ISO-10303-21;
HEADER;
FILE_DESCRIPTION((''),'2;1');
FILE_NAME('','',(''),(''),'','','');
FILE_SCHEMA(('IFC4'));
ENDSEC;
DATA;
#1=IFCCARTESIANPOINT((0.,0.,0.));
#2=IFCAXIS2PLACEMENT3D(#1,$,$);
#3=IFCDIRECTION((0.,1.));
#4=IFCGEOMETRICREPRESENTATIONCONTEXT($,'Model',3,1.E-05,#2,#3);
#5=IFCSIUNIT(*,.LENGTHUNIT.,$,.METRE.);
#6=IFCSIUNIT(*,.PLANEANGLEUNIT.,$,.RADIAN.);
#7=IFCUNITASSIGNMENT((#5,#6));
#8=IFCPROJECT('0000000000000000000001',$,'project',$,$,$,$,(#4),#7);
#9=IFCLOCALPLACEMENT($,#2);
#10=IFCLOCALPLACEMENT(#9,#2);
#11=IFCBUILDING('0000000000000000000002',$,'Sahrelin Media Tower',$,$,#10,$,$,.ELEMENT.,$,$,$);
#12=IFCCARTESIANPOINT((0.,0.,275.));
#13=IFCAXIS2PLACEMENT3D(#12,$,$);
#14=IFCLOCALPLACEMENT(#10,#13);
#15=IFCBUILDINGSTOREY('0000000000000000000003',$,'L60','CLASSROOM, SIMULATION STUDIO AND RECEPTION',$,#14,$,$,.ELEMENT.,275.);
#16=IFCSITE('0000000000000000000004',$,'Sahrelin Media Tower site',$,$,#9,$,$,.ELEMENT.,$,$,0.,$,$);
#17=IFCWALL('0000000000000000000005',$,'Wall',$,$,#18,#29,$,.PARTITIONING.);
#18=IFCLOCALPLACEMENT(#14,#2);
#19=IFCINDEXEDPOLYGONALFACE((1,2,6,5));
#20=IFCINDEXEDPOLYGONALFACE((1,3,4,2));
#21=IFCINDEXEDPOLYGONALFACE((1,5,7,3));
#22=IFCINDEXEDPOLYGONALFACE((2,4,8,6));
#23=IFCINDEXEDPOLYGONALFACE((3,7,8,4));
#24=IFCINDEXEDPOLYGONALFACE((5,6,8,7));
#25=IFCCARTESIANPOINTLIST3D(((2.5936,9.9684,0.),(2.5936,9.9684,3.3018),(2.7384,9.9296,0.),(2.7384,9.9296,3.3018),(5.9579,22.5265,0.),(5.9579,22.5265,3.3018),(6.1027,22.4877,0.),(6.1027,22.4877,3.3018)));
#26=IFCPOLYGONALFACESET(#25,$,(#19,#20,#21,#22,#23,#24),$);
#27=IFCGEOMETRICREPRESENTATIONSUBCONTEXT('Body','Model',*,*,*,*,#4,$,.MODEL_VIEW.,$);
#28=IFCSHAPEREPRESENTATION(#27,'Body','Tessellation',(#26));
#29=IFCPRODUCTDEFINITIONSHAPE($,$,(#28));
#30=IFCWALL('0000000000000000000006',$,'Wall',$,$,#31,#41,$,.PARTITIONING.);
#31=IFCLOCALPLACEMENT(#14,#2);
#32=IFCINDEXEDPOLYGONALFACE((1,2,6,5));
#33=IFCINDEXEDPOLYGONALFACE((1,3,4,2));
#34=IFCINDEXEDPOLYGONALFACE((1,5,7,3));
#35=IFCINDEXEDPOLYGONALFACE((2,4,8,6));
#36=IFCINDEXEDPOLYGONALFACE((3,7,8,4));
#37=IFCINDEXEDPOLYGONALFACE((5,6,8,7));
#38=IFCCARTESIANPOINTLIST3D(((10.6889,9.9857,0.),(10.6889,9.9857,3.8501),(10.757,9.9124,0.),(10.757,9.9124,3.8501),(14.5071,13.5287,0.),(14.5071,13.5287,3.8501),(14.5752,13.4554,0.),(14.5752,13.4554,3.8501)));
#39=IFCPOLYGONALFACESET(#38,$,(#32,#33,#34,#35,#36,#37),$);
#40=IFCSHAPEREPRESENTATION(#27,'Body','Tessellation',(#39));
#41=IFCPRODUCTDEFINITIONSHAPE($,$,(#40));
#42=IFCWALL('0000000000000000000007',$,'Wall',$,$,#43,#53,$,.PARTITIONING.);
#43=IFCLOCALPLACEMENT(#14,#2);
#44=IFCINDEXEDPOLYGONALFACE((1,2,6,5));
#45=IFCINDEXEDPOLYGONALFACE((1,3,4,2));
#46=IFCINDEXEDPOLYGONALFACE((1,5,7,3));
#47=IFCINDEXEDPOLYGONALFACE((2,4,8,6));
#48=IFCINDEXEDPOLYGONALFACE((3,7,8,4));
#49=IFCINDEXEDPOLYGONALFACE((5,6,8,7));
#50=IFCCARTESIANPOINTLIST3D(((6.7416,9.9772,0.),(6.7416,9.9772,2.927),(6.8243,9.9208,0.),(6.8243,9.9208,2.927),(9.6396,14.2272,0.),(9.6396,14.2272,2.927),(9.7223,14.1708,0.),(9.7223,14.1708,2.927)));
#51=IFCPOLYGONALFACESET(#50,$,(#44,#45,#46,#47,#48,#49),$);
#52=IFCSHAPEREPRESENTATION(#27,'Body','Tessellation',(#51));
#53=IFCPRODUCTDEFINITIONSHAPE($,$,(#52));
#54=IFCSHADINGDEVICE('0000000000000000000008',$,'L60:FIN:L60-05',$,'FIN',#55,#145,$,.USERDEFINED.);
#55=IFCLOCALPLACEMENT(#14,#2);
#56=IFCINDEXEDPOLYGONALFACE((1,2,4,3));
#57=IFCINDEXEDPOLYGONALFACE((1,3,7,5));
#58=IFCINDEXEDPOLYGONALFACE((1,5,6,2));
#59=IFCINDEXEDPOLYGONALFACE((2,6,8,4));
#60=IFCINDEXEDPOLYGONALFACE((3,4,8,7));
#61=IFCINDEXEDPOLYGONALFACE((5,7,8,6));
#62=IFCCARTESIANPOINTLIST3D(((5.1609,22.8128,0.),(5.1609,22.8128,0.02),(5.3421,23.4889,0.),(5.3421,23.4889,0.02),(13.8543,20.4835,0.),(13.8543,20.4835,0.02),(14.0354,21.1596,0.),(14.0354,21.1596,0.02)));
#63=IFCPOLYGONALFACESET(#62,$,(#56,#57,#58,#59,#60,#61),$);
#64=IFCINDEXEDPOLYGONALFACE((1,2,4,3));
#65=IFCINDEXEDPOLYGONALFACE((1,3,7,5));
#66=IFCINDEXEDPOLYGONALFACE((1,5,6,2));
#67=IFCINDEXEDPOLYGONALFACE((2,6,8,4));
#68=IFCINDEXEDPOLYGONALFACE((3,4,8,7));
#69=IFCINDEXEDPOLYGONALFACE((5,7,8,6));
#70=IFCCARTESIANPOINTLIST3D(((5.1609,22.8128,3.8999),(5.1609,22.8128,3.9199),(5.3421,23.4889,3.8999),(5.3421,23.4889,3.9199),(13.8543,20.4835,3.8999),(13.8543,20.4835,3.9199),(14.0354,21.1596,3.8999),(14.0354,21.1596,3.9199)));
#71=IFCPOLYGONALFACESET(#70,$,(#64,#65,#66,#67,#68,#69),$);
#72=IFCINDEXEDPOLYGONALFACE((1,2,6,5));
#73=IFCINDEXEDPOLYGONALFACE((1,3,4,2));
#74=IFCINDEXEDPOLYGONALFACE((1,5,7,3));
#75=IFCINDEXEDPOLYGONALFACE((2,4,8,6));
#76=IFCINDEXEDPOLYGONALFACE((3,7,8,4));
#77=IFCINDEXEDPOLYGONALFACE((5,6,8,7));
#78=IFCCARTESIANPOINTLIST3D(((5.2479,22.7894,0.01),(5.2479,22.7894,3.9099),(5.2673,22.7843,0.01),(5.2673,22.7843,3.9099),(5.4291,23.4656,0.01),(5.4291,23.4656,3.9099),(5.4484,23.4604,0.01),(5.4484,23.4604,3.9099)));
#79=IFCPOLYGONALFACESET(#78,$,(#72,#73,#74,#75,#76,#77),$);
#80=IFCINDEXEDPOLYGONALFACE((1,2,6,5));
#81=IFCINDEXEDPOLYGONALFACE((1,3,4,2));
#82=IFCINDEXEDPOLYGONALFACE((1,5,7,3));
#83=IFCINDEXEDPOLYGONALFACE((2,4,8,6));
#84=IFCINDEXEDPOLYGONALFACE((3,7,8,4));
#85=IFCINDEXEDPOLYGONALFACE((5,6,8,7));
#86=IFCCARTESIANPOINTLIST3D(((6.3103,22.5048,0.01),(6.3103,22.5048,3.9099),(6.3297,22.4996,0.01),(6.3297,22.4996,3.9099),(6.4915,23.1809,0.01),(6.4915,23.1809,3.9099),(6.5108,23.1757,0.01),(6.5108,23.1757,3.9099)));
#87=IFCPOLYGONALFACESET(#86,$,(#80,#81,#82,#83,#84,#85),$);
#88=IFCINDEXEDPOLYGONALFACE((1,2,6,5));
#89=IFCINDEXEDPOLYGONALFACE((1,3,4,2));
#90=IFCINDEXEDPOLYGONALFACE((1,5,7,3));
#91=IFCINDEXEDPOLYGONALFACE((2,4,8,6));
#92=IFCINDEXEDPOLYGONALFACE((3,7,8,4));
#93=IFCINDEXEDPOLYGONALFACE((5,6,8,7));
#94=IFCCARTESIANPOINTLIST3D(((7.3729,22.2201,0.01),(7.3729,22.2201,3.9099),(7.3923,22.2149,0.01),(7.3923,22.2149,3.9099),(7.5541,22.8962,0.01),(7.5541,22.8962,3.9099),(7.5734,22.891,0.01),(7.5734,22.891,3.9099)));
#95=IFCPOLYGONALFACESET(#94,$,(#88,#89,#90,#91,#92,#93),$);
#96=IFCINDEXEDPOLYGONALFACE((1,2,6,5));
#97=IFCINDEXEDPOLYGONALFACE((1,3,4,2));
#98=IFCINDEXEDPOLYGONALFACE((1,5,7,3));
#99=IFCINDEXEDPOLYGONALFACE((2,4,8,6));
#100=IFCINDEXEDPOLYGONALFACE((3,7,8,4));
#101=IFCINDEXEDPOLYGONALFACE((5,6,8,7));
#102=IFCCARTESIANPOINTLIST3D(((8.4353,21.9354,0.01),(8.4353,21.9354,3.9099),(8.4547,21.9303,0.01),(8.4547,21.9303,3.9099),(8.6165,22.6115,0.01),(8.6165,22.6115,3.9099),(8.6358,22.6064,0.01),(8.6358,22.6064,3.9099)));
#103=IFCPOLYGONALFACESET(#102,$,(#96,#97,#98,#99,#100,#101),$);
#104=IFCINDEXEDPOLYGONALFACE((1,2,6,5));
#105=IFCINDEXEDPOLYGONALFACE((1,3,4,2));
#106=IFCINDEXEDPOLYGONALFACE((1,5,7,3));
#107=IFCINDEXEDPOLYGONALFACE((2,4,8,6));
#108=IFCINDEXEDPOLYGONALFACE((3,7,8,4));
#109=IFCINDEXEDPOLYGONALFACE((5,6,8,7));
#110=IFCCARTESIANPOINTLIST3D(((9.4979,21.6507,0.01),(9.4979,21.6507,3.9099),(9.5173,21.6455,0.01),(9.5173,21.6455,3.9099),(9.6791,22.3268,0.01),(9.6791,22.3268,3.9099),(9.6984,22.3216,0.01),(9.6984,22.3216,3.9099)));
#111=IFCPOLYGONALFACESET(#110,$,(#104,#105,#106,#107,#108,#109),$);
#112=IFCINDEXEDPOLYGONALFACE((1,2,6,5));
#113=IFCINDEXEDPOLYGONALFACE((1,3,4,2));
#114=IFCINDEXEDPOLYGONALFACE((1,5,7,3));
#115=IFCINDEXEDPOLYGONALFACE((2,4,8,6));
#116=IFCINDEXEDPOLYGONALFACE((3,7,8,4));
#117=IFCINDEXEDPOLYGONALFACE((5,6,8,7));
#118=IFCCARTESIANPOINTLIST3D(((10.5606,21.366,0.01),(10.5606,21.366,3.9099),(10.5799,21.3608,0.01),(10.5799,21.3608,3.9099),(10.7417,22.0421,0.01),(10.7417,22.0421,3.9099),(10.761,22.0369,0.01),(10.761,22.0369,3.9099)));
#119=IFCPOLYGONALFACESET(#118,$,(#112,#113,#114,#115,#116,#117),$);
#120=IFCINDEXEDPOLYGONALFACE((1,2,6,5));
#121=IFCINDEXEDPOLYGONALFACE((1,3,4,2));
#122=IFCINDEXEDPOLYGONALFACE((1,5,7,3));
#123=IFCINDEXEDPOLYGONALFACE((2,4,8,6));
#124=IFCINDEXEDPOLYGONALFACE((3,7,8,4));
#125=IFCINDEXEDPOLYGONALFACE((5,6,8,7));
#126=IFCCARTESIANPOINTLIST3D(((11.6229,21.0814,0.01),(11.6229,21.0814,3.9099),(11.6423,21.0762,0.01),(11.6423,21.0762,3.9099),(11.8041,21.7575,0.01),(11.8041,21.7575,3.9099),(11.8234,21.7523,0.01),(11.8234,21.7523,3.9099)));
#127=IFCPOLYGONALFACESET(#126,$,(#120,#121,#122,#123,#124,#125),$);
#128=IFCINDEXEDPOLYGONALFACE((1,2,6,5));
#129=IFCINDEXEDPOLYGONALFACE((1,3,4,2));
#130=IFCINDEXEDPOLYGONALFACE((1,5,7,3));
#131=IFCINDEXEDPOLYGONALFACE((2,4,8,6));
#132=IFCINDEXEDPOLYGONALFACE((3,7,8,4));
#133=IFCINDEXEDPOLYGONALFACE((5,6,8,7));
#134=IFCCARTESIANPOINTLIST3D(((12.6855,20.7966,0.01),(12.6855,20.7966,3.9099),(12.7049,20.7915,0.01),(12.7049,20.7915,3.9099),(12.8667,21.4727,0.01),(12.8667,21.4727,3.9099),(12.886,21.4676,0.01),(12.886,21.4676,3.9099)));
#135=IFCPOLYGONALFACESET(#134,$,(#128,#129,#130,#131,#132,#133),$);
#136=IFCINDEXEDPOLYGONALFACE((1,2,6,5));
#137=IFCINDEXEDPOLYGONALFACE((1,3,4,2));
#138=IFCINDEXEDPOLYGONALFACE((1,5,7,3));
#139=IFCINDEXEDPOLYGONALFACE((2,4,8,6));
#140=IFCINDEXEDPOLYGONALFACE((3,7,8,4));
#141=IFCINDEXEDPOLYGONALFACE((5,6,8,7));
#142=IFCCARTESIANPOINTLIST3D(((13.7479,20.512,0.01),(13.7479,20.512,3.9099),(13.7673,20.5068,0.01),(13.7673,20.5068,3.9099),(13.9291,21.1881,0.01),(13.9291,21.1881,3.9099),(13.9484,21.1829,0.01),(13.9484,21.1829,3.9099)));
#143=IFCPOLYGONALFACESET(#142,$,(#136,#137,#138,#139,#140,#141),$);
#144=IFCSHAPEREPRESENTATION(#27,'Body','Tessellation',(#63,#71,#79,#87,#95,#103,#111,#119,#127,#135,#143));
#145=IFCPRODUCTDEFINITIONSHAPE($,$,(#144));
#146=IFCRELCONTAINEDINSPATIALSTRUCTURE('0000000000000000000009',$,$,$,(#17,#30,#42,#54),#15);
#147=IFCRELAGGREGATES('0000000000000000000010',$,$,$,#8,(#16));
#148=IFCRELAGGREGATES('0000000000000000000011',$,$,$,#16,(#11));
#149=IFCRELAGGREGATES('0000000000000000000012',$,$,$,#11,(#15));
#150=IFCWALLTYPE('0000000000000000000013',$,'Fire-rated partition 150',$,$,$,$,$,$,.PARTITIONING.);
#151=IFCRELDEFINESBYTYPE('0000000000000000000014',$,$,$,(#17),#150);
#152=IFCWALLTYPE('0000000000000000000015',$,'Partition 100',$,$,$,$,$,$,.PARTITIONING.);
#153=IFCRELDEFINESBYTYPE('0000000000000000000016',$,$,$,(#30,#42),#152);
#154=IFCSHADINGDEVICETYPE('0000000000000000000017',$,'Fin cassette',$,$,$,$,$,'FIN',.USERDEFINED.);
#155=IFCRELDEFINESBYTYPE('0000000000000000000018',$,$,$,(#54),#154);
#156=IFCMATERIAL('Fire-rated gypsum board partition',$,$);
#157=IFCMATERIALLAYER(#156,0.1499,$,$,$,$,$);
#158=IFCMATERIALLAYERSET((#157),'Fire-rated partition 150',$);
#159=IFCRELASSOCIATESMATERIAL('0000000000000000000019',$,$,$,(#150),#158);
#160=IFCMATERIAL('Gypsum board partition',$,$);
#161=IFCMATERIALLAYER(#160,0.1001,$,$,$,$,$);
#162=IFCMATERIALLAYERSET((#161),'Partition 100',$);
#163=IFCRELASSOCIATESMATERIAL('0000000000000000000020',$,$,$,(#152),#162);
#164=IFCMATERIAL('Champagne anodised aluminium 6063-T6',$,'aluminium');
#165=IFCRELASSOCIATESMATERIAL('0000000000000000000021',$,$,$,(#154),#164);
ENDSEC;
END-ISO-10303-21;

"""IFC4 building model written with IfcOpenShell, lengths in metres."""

from ifc_helpers import new_model, si_unit, direction, frame, frame_2d, origin, origin_2d, place, context, subcontext, project, spatial, rectangle, extrude, material, layer, layer_set, type_object, element, save


model = new_model("IFC4")

# Units and contexts
model_context = context("Model", 3, precision=1e-05, world=origin(), true_north=direction((0.0, 1.0)))
body_context = subcontext(model_context, "Body", "Model", "MODEL_VIEW")
ifc_project = project(units=[si_unit("LENGTHUNIT", "METRE"), si_unit("PLANEANGLEUNIT", "RADIAN")], contexts=[model_context])

# Site, building, storey
site_placement = place(None, origin())
site = spatial("IfcSite", under=ifc_project, at=site_placement, Name="Sahrelin Media Tower site", CompositionType="ELEMENT", RefElevation=0.0)
building_placement = place(site_placement, origin())
building = spatial("IfcBuilding", under=site, at=building_placement, Name="Sahrelin Media Tower", CompositionType="ELEMENT")
storey_placement = place(building_placement, frame((0.0, 0.0, 275.0)))
storey = spatial("IfcBuildingStorey", under=building, at=storey_placement, Name="L60", Description="CLASSROOM, SIMULATION STUDIO AND RECEPTION", CompositionType="ELEMENT", Elevation=275.0)

# Shared definitions
ifc_material_1 = material(Name="Champagne anodised aluminium 6063-T6", Category="aluminium")

# Walls
ifc_material_2 = material(Name="Fire-rated gypsum board partition")
ifc_layer_1 = layer(ifc_material_2, 0.1499)
ifc_layer_set_1 = layer_set([ifc_layer_1], Name="Fire-rated partition 150")
wall_type_1 = type_object("IfcWallType", Name="Fire-rated partition 150", PredefinedType="PARTITIONING", material=ifc_layer_set_1)
wall_1_placement = place(storey_placement, frame((2.666, 9.949, 0.0), z_axis=(0.0, 0.0, 1.0), x_axis=(0.258771, 0.965939, 0.0)))
element("IfcWall", 1, at=wall_1_placement, inside=storey, type_object=wall_type_1, Name="Wall", PredefinedType="PARTITIONING", context=body_context, shape_type="SweptSolid", body=[
    extrude(rectangle(XDim=13.001, YDim=0.1499, at=frame_2d((6.5005, 0.0))), origin(), (0.0, 0.0, 1.0), 3.3018),
])
ifc_material_3 = material(Name="Gypsum board partition")
ifc_layer_2 = layer(ifc_material_3, 0.1001)
ifc_layer_set_2 = layer_set([ifc_layer_2], Name="Partition 100")
wall_type_2 = type_object("IfcWallType", Name="Partition 100", PredefinedType="PARTITIONING", material=ifc_layer_set_2)
wall_2_placement = place(storey_placement, frame((10.7229, 9.949, 0.0), z_axis=(0.0, 0.0, 1.0), x_axis=(0.733025, 0.680201, 0.0)))
element("IfcWall", 2, at=wall_2_placement, inside=storey, type_object=wall_type_2, Name="Wall", PredefinedType="PARTITIONING", context=body_context, shape_type="SweptSolid", body=[
    extrude(rectangle(XDim=5.2087, YDim=0.1001, at=frame_2d((2.6045, 0.0))), origin(), (0.0, 0.0, 1.0), 3.8501),
])
wall_3_placement = place(storey_placement, frame((6.783, 9.949, 0.0), z_axis=(0.0, 0.0, 1.0), x_axis=(0.563366, 0.826207, 0.0)))
element("IfcWall", 3, at=wall_3_placement, inside=storey, type_object=wall_type_2, Name="Wall", PredefinedType="PARTITIONING", context=body_context, shape_type="SweptSolid", body=[
    extrude(rectangle(XDim=5.144, YDim=0.1001, at=frame_2d((2.572, 0.0))), origin(), (0.0, 0.0, 1.0), 2.927),
])

# Shading device
shading_device_type_1 = type_object("IfcShadingDeviceType", Name="Fin cassette", ElementType="FIN", PredefinedType="USERDEFINED", material=ifc_material_1)
placement = place(storey_placement, frame((9.4895, 21.5806, 0.0), z_axis=(0.0, 0.0, 1.0), x_axis=(0.965929, -0.258808, 0.0)))
element("IfcShadingDevice", 4, at=placement, inside=storey, type_object=shading_device_type_1, Name="L60:FIN:L60-05", ObjectType="FIN", PredefinedType="USERDEFINED", context=body_context, shape_type="SweptSolid", body=[
    extrude(rectangle(XDim=9.0, YDim=0.7, at=origin_2d()), frame((0.0, 0.4199, 0.0)), (0.0, 0.0, 1.0), 0.02),
    extrude(rectangle(XDim=9.0, YDim=0.7, at=origin_2d()), frame((0.0, 0.4199, 3.8999)), (0.0, 0.0, 1.0), 0.02),
    extrude(rectangle(XDim=0.02, YDim=0.7, at=origin_2d()), frame((-4.3999, 0.4199, 0.01), z_axis=(0.0, 0.0, 1.0), x_axis=(1.0, 0.0, 0.0)), (0.0, 0.0, 1.0), 3.8999),
    extrude(rectangle(XDim=0.02, YDim=0.7, at=origin_2d()), frame((-3.3, 0.4199, 0.01), z_axis=(0.0, 0.0, 1.0), x_axis=(1.0, 0.0, 0.0)), (0.0, 0.0, 1.0), 3.8999),
    extrude(rectangle(XDim=0.02, YDim=0.7, at=origin_2d()), frame((-2.2, 0.4199, 0.01), z_axis=(0.0, 0.0, 1.0), x_axis=(1.0, 0.0, 0.0)), (0.0, 0.0, 1.0), 3.8999),
    extrude(rectangle(XDim=0.02, YDim=0.7, at=origin_2d()), frame((-1.1001, 0.4199, 0.01), z_axis=(0.0, 0.0, 1.0), x_axis=(1.0, 0.0, 0.0)), (0.0, 0.0, 1.0), 3.8999),
    extrude(rectangle(XDim=0.02, YDim=0.7, at=origin_2d()), frame((0.0, 0.4199, 0.01), z_axis=(0.0, 0.0, 1.0), x_axis=(1.0, 0.0, 0.0)), (0.0, 0.0, 1.0), 3.8999),
    extrude(rectangle(XDim=0.02, YDim=0.7, at=origin_2d()), frame((1.1001, 0.4199, 0.01), z_axis=(0.0, 0.0, 1.0), x_axis=(1.0, 0.0, 0.0)), (0.0, 0.0, 1.0), 3.8999),
    extrude(rectangle(XDim=0.02, YDim=0.7, at=origin_2d()), frame((2.2, 0.4199, 0.01), z_axis=(0.0, 0.0, 1.0), x_axis=(1.0, 0.0, 0.0)), (0.0, 0.0, 1.0), 3.8999),
    extrude(rectangle(XDim=0.02, YDim=0.7, at=origin_2d()), frame((3.3, 0.4199, 0.01), z_axis=(0.0, 0.0, 1.0), x_axis=(1.0, 0.0, 0.0)), (0.0, 0.0, 1.0), 3.8999),
    extrude(rectangle(XDim=0.02, YDim=0.7, at=origin_2d()), frame((4.3999, 0.4199, 0.01), z_axis=(0.0, 0.0, 1.0), x_axis=(1.0, 0.0, 0.0)), (0.0, 0.0, 1.0), 3.8999),
])

save(model, "model.ifc")
